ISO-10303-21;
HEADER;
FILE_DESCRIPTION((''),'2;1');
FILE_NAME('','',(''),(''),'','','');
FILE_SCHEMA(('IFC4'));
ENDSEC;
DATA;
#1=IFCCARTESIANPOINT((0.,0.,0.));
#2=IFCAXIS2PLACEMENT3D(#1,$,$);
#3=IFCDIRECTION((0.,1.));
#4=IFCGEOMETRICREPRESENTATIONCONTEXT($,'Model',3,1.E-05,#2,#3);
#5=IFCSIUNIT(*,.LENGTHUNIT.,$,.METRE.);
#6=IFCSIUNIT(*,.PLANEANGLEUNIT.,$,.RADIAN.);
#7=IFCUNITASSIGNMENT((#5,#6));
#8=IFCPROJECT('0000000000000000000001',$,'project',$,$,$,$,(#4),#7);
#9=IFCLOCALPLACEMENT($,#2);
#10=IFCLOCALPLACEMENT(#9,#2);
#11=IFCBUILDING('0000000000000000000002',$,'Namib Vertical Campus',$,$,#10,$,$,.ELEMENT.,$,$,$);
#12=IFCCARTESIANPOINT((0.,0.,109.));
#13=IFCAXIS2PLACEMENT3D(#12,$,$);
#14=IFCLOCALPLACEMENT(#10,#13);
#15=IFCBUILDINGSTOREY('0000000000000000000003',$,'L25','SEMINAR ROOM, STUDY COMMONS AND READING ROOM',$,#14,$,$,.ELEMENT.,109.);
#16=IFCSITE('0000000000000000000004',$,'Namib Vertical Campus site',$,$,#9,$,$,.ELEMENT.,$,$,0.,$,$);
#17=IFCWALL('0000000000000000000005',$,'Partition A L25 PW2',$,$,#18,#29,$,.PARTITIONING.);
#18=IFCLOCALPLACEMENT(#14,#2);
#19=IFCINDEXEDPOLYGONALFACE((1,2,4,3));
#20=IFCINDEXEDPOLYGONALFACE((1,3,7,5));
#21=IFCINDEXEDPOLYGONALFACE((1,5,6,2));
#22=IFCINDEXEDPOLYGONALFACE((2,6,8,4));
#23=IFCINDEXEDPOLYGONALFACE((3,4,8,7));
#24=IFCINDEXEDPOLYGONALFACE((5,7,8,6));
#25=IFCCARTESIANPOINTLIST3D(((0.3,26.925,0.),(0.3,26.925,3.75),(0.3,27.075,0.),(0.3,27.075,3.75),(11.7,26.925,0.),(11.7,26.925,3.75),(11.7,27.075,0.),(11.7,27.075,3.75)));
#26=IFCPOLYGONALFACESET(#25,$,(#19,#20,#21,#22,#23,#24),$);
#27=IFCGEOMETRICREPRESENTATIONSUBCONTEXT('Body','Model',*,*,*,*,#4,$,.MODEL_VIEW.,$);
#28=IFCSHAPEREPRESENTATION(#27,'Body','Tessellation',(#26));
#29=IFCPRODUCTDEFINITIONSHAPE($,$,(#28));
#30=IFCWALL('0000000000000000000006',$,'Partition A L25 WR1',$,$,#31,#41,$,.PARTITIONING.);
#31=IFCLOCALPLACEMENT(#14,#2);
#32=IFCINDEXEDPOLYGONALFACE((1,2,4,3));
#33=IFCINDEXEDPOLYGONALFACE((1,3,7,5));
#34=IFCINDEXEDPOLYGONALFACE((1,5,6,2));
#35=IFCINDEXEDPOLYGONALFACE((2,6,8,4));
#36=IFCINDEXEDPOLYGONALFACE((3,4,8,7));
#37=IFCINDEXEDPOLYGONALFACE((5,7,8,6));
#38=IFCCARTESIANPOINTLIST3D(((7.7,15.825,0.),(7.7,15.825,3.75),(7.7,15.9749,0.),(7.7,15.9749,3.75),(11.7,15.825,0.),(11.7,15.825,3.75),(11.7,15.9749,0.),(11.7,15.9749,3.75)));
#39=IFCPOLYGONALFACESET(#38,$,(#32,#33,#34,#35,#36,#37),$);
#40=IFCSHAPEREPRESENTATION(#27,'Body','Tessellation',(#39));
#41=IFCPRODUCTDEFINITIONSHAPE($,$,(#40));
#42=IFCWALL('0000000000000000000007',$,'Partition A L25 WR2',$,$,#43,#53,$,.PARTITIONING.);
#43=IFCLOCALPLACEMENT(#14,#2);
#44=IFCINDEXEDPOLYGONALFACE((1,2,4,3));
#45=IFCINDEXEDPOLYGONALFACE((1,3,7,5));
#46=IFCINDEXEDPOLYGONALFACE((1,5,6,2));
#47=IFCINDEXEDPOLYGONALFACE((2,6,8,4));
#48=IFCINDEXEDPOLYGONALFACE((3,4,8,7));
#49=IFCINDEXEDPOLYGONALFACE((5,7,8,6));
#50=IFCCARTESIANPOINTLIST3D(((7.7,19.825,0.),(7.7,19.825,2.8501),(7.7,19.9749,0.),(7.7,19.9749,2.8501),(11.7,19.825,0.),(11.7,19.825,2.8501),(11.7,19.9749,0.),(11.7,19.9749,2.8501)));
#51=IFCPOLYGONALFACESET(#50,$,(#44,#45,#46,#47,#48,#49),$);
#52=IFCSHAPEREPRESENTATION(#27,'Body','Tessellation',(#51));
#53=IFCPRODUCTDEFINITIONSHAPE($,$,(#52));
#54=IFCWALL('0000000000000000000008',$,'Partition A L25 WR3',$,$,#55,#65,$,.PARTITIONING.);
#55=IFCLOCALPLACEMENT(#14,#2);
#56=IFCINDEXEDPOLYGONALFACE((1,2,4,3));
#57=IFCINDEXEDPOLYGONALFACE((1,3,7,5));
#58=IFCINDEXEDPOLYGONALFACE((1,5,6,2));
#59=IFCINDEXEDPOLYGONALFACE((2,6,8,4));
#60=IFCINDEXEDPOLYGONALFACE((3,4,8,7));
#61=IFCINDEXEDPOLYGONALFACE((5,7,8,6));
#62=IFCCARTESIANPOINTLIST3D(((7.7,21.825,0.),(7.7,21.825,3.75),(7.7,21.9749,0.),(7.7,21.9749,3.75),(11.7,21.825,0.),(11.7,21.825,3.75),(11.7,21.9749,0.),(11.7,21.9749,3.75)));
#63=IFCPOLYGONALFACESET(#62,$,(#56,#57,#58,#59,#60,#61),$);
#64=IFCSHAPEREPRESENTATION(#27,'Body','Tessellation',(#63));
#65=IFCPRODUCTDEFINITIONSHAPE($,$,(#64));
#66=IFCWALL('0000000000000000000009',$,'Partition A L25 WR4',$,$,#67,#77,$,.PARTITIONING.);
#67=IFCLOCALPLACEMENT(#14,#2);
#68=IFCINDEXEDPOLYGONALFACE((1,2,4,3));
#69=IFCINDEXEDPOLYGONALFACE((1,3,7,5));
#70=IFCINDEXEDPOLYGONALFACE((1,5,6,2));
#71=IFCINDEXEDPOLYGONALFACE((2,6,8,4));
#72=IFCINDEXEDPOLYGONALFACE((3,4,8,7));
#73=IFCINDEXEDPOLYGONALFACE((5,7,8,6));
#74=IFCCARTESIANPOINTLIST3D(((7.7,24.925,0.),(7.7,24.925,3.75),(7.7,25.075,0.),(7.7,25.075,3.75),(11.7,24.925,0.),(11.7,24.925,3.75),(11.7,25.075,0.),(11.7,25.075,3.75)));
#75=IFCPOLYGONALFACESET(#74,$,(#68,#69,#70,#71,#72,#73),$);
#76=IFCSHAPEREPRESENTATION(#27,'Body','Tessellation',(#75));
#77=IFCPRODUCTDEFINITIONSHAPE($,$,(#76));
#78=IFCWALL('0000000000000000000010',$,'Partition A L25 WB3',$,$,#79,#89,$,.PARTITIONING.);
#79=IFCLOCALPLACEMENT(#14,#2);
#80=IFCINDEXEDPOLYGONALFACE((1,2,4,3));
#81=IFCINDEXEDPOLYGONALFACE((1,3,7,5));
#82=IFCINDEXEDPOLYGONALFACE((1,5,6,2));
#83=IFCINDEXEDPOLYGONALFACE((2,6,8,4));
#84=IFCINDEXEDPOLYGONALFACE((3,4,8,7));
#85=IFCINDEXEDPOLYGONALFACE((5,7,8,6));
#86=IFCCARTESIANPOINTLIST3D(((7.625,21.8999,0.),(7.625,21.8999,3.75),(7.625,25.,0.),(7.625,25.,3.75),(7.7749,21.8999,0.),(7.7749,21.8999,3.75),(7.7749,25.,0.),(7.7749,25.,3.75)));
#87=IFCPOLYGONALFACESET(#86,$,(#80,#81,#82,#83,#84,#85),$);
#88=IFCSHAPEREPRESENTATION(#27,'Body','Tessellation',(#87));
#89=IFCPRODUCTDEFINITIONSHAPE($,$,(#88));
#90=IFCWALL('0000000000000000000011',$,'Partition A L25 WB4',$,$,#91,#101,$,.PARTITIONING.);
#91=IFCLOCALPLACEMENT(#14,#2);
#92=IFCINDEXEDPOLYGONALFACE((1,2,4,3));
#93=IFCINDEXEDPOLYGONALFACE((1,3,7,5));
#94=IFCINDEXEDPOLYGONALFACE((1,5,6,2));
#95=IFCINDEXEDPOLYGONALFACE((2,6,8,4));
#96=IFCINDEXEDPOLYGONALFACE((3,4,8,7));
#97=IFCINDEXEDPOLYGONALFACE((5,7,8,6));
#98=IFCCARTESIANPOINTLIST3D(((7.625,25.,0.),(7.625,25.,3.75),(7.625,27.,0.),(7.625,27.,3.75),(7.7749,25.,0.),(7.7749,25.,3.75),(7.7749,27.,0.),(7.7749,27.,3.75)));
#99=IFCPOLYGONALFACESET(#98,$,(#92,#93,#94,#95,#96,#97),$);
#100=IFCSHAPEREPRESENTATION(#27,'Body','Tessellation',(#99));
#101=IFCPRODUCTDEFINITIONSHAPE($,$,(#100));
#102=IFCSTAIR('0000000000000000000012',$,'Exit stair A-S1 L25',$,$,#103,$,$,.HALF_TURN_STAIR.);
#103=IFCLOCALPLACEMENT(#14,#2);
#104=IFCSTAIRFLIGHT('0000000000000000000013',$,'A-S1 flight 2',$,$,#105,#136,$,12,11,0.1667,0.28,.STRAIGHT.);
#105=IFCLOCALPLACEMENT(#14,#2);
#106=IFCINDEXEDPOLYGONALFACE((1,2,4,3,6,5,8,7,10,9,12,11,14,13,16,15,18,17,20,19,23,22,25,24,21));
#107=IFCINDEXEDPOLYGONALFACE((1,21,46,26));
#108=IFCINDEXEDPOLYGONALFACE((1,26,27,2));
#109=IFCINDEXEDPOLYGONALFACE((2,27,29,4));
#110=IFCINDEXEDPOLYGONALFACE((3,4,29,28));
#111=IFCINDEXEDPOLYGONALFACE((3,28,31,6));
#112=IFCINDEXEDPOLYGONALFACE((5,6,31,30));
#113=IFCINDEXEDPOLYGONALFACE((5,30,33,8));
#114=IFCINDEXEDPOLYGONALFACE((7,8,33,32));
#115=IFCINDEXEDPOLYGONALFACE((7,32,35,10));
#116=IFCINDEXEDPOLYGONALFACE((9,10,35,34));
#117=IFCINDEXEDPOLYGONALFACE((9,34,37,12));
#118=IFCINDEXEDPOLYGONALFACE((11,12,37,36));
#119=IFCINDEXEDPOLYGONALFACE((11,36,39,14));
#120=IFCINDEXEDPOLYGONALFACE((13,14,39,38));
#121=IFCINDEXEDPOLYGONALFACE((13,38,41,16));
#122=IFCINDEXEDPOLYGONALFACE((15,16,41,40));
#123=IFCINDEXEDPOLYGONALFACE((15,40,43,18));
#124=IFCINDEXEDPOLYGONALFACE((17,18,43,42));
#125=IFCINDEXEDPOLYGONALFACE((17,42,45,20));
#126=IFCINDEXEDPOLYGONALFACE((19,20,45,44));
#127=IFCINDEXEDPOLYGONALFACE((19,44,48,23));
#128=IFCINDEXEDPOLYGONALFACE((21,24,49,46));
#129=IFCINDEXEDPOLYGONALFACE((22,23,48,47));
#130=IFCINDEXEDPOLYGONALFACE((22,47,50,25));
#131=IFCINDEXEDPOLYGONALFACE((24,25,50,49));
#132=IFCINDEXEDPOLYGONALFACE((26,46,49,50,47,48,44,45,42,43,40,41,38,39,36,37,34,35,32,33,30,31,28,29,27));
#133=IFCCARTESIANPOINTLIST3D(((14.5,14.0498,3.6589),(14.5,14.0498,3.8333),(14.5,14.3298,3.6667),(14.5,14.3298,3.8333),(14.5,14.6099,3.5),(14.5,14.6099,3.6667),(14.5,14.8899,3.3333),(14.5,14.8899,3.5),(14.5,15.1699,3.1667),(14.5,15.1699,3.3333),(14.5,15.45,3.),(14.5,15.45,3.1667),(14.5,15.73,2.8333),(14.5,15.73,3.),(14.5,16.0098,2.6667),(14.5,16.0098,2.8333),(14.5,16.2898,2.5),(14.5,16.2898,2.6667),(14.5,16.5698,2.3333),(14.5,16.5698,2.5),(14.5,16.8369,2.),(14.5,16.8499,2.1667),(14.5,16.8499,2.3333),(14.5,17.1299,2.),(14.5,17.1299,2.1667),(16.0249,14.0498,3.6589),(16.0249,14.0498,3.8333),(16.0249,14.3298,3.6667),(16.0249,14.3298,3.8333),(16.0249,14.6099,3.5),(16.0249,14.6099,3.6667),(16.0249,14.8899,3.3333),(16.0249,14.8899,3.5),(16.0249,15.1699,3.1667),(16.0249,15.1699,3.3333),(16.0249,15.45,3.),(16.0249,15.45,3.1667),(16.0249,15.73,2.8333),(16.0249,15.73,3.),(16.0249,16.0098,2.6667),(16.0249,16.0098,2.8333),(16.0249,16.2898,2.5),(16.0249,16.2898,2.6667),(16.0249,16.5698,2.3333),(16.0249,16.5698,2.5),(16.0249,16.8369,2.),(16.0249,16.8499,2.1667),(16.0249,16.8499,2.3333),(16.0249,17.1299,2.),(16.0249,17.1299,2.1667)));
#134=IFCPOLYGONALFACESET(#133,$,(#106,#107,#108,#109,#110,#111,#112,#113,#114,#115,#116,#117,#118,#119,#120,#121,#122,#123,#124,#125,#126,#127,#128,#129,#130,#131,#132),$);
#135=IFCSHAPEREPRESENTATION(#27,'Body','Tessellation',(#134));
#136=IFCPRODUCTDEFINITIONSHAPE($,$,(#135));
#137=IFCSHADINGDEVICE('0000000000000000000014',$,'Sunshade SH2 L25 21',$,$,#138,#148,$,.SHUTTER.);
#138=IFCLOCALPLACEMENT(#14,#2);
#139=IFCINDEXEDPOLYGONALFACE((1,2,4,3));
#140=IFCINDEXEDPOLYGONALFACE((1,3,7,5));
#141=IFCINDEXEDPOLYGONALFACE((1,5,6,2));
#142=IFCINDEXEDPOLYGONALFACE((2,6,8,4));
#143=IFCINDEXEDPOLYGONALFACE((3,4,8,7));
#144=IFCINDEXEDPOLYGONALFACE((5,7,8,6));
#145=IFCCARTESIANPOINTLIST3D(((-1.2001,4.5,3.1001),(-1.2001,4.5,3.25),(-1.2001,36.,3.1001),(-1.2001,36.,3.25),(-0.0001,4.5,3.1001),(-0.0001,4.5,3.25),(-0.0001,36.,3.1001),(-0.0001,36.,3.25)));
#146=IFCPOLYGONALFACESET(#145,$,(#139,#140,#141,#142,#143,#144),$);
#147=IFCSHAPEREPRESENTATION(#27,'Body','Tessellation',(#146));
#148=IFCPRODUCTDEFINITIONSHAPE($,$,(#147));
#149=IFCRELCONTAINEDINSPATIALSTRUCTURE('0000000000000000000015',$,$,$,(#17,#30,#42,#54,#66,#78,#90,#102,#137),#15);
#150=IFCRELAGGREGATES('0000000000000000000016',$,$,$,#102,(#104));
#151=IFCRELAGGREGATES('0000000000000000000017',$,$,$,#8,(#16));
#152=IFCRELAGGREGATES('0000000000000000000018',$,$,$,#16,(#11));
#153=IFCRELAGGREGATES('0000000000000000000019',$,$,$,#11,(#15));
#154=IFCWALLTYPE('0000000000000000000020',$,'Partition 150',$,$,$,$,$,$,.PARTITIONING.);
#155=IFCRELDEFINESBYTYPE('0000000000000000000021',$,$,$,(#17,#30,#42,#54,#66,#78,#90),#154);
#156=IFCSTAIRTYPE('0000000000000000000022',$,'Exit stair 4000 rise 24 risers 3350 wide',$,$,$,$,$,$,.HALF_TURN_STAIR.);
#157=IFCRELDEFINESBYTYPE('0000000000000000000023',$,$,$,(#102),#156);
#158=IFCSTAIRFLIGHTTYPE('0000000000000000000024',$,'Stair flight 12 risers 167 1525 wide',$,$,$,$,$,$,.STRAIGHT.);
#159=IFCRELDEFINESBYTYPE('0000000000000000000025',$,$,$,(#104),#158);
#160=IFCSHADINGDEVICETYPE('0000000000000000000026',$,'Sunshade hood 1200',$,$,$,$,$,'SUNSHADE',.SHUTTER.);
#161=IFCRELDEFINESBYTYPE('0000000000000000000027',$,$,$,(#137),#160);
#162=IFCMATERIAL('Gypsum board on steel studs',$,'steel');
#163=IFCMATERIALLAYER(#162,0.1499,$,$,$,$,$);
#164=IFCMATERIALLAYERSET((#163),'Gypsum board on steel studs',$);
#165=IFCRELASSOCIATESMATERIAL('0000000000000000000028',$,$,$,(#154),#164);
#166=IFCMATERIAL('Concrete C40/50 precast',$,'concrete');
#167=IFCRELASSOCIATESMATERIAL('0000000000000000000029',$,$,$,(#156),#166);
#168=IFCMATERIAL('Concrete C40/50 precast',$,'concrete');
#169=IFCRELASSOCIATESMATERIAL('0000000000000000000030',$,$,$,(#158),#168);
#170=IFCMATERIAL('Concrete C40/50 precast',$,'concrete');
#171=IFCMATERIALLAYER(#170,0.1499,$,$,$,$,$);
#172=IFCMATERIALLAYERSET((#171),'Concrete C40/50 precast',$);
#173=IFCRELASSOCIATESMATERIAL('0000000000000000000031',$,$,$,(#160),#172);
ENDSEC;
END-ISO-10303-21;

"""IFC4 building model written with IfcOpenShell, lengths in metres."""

from ifc_helpers import new_model, si_unit, direction, frame, frame_2d, origin, origin_2d, place, context, subcontext, project, spatial, polyline, rectangle, outline, extrude, material, layer, layer_set, type_object, element, aggregate, save


model = new_model("IFC4")

# Units and contexts
model_context = context("Model", 3, precision=1e-05, world=origin(), true_north=direction((0.0, 1.0)))
body_context = subcontext(model_context, "Body", "Model", "MODEL_VIEW")
ifc_project = project(units=[si_unit("LENGTHUNIT", "METRE"), si_unit("PLANEANGLEUNIT", "RADIAN")], contexts=[model_context])

# Site, building, storey
site_placement = place(None, origin())
site = spatial("IfcSite", under=ifc_project, at=site_placement, Name="Namib Vertical Campus site", CompositionType="ELEMENT", RefElevation=0.0)
building_placement = place(site_placement, origin())
building = spatial("IfcBuilding", under=site, at=building_placement, Name="Namib Vertical Campus", CompositionType="ELEMENT")
storey_placement = place(building_placement, frame((0.0, 0.0, 109.0)))
storey = spatial("IfcBuildingStorey", under=building, at=storey_placement, Name="L25", Description="SEMINAR ROOM, STUDY COMMONS AND READING ROOM", CompositionType="ELEMENT", Elevation=109.0)

# Walls
ifc_material_1 = material(Name="Gypsum board on steel studs", Category="steel")
ifc_layer_1 = layer(ifc_material_1, 0.1499)
ifc_layer_set_1 = layer_set([ifc_layer_1], Name="Gypsum board on steel studs")
wall_type_1 = type_object("IfcWallType", Name="Partition 150", PredefinedType="PARTITIONING", material=ifc_layer_set_1)
wall_1_placement = place(storey_placement, frame((0.3, 27.0, 0.0), z_axis=(0.0, 0.0, 1.0), x_axis=(1.0, 0.0, 0.0)))
element("IfcWall", 1, at=wall_1_placement, inside=storey, type_object=wall_type_1, Name="Partition A L25 PW2", PredefinedType="PARTITIONING", context=body_context, shape_type="SweptSolid", body=[
    extrude(rectangle(XDim=11.3999, YDim=0.1499, at=frame_2d((5.7, 0.0))), origin(), (0.0, 0.0, 1.0), 3.75),
])
wall_2_placement = place(storey_placement, frame((11.7, 15.8999, 0.0), z_axis=(0.0, 0.0, 1.0), x_axis=(-1.0, 0.0, 0.0)))
element("IfcWall", 2, at=wall_2_placement, inside=storey, type_object=wall_type_1, Name="Partition A L25 WR1", PredefinedType="PARTITIONING", context=body_context, shape_type="SweptSolid", body=[
    extrude(rectangle(XDim=4.0, YDim=0.1499, at=frame_2d((2.0, 0.0))), origin(), (0.0, 0.0, 1.0), 3.75),
])
wall_3_placement = place(storey_placement, frame((11.7, 19.8999, 0.0), z_axis=(0.0, 0.0, 1.0), x_axis=(-1.0, 0.0, 0.0)))
element("IfcWall", 3, at=wall_3_placement, inside=storey, type_object=wall_type_1, Name="Partition A L25 WR2", PredefinedType="PARTITIONING", context=body_context, shape_type="SweptSolid", body=[
    extrude(rectangle(XDim=4.0, YDim=0.1499, at=frame_2d((2.0, 0.0))), origin(), (0.0, 0.0, 1.0), 2.8501),
])
for number, where, z_axis, x_axis, name in (
    (4, (11.7, 21.8999, 0.0), (0.0, 0.0, 1.0), (-1.0, 0.0, 0.0), "Partition A L25 WR3"),
    (5, (11.7, 25.0, 0.0), (0.0, 0.0, 1.0), (-1.0, 0.0, 0.0), "Partition A L25 WR4"),
):
    element("IfcWall", number, at=place(storey_placement, frame(where, z_axis=z_axis, x_axis=x_axis)), inside=storey, type_object=wall_type_1, Name=name, PredefinedType="PARTITIONING", context=body_context, shape_type="SweptSolid", body=[
        extrude(rectangle(XDim=4.0, YDim=0.1499, at=frame_2d((2.0, 0.0))), origin(), (0.0, 0.0, 1.0), 3.75),
    ])
wall_4_placement = place(storey_placement, frame((7.7, 21.8999, 0.0), z_axis=(0.0, 0.0, 1.0), x_axis=(0.0, 1.0, 0.0)))
element("IfcWall", 6, at=wall_4_placement, inside=storey, type_object=wall_type_1, Name="Partition A L25 WB3", PredefinedType="PARTITIONING", context=body_context, shape_type="SweptSolid", body=[
    extrude(rectangle(XDim=3.1001, YDim=0.1499, at=frame_2d((1.55, 0.0))), origin(), (0.0, 0.0, 1.0), 3.75),
])
wall_5_placement = place(storey_placement, frame((7.7, 25.0, 0.0), z_axis=(0.0, 0.0, 1.0), x_axis=(0.0, 1.0, 0.0)))
element("IfcWall", 7, at=wall_5_placement, inside=storey, type_object=wall_type_1, Name="Partition A L25 WB4", PredefinedType="PARTITIONING", context=body_context, shape_type="SweptSolid", body=[
    extrude(rectangle(XDim=2.0, YDim=0.1499, at=frame_2d((1.0, 0.0))), origin(), (0.0, 0.0, 1.0), 3.75),
])

# Stair, stair flight
ifc_material_2 = material(Name="Concrete C40/50 precast", Category="concrete")
stair_type = type_object("IfcStairType", Name="Exit stair 4000 rise 24 risers 3350 wide", PredefinedType="HALF_TURN_STAIR", material=ifc_material_2)
stair_placement = place(storey_placement, origin())
stair = element("IfcStair", 8, at=stair_placement, inside=storey, type_object=stair_type, Name="Exit stair A-S1 L25", PredefinedType="HALF_TURN_STAIR")
ifc_material_3 = material(Name="Concrete C40/50 precast", Category="concrete")
stair_flight_type = type_object("IfcStairFlightType", Name="Stair flight 12 risers 167 1525 wide", PredefinedType="STRAIGHT", material=ifc_material_3)
stair_flight_placement = place(storey_placement, frame((15.2625, 17.1299, 2.0), z_axis=(0.0, 0.0, 1.0), x_axis=(0.0, -1.0, 0.0)))
stair_flight = element("IfcStairFlight", 9, at=stair_flight_placement, type_object=stair_flight_type, Name="A-S1 flight 2", NumberOfRisers=12, NumberOfTreads=11, PredefinedType="STRAIGHT", RiserHeight=0.1667, TreadLength=0.28, context=body_context, shape_type="SweptSolid", body=[
    extrude(outline(polyline([(0.0, 0.0), (0.0, 0.1667), (0.28, 0.1667), (0.28, 0.3333), (0.5601, 0.3333), (0.5601, 0.5), (0.8401, 0.5), (0.8401, 0.6667), (1.1201, 0.6667), (1.1201, 0.8333), (1.3999, 0.8333), (1.3999, 1.0), (1.6799, 1.0), (1.6799, 1.1667), (1.96, 1.1667), (1.96, 1.3333), (2.24, 1.3333), (2.24, 1.5), (2.52, 1.5), (2.52, 1.6667), (2.8, 1.6667), (2.8, 1.8333), (3.0801, 1.8333), (3.0801, 2.0), (3.0801, 1.6589), (0.293, 0.0), (0.0, 0.0)])), frame((0.0, 0.7625, 0.0), z_axis=(0.0, -1.0, 0.0), x_axis=(1.0, 0.0, 0.0)), (0.0, 0.0, 1.0), 1.5249),
])
aggregate(stair, [stair_flight])

# Shading device
ifc_material_4 = material(Name="Concrete C40/50 precast", Category="concrete")
ifc_layer_2 = layer(ifc_material_4, 0.1499)
ifc_layer_set_2 = layer_set([ifc_layer_2], Name="Concrete C40/50 precast")
shading_device_type = type_object("IfcShadingDeviceType", Name="Sunshade hood 1200", ElementType="SUNSHADE", PredefinedType="SHUTTER", material=ifc_layer_set_2)
shading_device_placement = place(storey_placement, frame((-0.6001, 20.25, 3.1001), z_axis=(0.0, 0.0, 1.0), x_axis=(0.0, -1.0, 0.0)))
element("IfcShadingDevice", 10, at=shading_device_placement, inside=storey, type_object=shading_device_type, Name="Sunshade SH2 L25 21", PredefinedType="SHUTTER", context=body_context, shape_type="SweptSolid", body=[
    extrude(rectangle(XDim=31.5, YDim=1.2, at=origin_2d()), origin(), (0.0, 0.0, 1.0), 0.1499),
])

save(model, "model.ifc")
